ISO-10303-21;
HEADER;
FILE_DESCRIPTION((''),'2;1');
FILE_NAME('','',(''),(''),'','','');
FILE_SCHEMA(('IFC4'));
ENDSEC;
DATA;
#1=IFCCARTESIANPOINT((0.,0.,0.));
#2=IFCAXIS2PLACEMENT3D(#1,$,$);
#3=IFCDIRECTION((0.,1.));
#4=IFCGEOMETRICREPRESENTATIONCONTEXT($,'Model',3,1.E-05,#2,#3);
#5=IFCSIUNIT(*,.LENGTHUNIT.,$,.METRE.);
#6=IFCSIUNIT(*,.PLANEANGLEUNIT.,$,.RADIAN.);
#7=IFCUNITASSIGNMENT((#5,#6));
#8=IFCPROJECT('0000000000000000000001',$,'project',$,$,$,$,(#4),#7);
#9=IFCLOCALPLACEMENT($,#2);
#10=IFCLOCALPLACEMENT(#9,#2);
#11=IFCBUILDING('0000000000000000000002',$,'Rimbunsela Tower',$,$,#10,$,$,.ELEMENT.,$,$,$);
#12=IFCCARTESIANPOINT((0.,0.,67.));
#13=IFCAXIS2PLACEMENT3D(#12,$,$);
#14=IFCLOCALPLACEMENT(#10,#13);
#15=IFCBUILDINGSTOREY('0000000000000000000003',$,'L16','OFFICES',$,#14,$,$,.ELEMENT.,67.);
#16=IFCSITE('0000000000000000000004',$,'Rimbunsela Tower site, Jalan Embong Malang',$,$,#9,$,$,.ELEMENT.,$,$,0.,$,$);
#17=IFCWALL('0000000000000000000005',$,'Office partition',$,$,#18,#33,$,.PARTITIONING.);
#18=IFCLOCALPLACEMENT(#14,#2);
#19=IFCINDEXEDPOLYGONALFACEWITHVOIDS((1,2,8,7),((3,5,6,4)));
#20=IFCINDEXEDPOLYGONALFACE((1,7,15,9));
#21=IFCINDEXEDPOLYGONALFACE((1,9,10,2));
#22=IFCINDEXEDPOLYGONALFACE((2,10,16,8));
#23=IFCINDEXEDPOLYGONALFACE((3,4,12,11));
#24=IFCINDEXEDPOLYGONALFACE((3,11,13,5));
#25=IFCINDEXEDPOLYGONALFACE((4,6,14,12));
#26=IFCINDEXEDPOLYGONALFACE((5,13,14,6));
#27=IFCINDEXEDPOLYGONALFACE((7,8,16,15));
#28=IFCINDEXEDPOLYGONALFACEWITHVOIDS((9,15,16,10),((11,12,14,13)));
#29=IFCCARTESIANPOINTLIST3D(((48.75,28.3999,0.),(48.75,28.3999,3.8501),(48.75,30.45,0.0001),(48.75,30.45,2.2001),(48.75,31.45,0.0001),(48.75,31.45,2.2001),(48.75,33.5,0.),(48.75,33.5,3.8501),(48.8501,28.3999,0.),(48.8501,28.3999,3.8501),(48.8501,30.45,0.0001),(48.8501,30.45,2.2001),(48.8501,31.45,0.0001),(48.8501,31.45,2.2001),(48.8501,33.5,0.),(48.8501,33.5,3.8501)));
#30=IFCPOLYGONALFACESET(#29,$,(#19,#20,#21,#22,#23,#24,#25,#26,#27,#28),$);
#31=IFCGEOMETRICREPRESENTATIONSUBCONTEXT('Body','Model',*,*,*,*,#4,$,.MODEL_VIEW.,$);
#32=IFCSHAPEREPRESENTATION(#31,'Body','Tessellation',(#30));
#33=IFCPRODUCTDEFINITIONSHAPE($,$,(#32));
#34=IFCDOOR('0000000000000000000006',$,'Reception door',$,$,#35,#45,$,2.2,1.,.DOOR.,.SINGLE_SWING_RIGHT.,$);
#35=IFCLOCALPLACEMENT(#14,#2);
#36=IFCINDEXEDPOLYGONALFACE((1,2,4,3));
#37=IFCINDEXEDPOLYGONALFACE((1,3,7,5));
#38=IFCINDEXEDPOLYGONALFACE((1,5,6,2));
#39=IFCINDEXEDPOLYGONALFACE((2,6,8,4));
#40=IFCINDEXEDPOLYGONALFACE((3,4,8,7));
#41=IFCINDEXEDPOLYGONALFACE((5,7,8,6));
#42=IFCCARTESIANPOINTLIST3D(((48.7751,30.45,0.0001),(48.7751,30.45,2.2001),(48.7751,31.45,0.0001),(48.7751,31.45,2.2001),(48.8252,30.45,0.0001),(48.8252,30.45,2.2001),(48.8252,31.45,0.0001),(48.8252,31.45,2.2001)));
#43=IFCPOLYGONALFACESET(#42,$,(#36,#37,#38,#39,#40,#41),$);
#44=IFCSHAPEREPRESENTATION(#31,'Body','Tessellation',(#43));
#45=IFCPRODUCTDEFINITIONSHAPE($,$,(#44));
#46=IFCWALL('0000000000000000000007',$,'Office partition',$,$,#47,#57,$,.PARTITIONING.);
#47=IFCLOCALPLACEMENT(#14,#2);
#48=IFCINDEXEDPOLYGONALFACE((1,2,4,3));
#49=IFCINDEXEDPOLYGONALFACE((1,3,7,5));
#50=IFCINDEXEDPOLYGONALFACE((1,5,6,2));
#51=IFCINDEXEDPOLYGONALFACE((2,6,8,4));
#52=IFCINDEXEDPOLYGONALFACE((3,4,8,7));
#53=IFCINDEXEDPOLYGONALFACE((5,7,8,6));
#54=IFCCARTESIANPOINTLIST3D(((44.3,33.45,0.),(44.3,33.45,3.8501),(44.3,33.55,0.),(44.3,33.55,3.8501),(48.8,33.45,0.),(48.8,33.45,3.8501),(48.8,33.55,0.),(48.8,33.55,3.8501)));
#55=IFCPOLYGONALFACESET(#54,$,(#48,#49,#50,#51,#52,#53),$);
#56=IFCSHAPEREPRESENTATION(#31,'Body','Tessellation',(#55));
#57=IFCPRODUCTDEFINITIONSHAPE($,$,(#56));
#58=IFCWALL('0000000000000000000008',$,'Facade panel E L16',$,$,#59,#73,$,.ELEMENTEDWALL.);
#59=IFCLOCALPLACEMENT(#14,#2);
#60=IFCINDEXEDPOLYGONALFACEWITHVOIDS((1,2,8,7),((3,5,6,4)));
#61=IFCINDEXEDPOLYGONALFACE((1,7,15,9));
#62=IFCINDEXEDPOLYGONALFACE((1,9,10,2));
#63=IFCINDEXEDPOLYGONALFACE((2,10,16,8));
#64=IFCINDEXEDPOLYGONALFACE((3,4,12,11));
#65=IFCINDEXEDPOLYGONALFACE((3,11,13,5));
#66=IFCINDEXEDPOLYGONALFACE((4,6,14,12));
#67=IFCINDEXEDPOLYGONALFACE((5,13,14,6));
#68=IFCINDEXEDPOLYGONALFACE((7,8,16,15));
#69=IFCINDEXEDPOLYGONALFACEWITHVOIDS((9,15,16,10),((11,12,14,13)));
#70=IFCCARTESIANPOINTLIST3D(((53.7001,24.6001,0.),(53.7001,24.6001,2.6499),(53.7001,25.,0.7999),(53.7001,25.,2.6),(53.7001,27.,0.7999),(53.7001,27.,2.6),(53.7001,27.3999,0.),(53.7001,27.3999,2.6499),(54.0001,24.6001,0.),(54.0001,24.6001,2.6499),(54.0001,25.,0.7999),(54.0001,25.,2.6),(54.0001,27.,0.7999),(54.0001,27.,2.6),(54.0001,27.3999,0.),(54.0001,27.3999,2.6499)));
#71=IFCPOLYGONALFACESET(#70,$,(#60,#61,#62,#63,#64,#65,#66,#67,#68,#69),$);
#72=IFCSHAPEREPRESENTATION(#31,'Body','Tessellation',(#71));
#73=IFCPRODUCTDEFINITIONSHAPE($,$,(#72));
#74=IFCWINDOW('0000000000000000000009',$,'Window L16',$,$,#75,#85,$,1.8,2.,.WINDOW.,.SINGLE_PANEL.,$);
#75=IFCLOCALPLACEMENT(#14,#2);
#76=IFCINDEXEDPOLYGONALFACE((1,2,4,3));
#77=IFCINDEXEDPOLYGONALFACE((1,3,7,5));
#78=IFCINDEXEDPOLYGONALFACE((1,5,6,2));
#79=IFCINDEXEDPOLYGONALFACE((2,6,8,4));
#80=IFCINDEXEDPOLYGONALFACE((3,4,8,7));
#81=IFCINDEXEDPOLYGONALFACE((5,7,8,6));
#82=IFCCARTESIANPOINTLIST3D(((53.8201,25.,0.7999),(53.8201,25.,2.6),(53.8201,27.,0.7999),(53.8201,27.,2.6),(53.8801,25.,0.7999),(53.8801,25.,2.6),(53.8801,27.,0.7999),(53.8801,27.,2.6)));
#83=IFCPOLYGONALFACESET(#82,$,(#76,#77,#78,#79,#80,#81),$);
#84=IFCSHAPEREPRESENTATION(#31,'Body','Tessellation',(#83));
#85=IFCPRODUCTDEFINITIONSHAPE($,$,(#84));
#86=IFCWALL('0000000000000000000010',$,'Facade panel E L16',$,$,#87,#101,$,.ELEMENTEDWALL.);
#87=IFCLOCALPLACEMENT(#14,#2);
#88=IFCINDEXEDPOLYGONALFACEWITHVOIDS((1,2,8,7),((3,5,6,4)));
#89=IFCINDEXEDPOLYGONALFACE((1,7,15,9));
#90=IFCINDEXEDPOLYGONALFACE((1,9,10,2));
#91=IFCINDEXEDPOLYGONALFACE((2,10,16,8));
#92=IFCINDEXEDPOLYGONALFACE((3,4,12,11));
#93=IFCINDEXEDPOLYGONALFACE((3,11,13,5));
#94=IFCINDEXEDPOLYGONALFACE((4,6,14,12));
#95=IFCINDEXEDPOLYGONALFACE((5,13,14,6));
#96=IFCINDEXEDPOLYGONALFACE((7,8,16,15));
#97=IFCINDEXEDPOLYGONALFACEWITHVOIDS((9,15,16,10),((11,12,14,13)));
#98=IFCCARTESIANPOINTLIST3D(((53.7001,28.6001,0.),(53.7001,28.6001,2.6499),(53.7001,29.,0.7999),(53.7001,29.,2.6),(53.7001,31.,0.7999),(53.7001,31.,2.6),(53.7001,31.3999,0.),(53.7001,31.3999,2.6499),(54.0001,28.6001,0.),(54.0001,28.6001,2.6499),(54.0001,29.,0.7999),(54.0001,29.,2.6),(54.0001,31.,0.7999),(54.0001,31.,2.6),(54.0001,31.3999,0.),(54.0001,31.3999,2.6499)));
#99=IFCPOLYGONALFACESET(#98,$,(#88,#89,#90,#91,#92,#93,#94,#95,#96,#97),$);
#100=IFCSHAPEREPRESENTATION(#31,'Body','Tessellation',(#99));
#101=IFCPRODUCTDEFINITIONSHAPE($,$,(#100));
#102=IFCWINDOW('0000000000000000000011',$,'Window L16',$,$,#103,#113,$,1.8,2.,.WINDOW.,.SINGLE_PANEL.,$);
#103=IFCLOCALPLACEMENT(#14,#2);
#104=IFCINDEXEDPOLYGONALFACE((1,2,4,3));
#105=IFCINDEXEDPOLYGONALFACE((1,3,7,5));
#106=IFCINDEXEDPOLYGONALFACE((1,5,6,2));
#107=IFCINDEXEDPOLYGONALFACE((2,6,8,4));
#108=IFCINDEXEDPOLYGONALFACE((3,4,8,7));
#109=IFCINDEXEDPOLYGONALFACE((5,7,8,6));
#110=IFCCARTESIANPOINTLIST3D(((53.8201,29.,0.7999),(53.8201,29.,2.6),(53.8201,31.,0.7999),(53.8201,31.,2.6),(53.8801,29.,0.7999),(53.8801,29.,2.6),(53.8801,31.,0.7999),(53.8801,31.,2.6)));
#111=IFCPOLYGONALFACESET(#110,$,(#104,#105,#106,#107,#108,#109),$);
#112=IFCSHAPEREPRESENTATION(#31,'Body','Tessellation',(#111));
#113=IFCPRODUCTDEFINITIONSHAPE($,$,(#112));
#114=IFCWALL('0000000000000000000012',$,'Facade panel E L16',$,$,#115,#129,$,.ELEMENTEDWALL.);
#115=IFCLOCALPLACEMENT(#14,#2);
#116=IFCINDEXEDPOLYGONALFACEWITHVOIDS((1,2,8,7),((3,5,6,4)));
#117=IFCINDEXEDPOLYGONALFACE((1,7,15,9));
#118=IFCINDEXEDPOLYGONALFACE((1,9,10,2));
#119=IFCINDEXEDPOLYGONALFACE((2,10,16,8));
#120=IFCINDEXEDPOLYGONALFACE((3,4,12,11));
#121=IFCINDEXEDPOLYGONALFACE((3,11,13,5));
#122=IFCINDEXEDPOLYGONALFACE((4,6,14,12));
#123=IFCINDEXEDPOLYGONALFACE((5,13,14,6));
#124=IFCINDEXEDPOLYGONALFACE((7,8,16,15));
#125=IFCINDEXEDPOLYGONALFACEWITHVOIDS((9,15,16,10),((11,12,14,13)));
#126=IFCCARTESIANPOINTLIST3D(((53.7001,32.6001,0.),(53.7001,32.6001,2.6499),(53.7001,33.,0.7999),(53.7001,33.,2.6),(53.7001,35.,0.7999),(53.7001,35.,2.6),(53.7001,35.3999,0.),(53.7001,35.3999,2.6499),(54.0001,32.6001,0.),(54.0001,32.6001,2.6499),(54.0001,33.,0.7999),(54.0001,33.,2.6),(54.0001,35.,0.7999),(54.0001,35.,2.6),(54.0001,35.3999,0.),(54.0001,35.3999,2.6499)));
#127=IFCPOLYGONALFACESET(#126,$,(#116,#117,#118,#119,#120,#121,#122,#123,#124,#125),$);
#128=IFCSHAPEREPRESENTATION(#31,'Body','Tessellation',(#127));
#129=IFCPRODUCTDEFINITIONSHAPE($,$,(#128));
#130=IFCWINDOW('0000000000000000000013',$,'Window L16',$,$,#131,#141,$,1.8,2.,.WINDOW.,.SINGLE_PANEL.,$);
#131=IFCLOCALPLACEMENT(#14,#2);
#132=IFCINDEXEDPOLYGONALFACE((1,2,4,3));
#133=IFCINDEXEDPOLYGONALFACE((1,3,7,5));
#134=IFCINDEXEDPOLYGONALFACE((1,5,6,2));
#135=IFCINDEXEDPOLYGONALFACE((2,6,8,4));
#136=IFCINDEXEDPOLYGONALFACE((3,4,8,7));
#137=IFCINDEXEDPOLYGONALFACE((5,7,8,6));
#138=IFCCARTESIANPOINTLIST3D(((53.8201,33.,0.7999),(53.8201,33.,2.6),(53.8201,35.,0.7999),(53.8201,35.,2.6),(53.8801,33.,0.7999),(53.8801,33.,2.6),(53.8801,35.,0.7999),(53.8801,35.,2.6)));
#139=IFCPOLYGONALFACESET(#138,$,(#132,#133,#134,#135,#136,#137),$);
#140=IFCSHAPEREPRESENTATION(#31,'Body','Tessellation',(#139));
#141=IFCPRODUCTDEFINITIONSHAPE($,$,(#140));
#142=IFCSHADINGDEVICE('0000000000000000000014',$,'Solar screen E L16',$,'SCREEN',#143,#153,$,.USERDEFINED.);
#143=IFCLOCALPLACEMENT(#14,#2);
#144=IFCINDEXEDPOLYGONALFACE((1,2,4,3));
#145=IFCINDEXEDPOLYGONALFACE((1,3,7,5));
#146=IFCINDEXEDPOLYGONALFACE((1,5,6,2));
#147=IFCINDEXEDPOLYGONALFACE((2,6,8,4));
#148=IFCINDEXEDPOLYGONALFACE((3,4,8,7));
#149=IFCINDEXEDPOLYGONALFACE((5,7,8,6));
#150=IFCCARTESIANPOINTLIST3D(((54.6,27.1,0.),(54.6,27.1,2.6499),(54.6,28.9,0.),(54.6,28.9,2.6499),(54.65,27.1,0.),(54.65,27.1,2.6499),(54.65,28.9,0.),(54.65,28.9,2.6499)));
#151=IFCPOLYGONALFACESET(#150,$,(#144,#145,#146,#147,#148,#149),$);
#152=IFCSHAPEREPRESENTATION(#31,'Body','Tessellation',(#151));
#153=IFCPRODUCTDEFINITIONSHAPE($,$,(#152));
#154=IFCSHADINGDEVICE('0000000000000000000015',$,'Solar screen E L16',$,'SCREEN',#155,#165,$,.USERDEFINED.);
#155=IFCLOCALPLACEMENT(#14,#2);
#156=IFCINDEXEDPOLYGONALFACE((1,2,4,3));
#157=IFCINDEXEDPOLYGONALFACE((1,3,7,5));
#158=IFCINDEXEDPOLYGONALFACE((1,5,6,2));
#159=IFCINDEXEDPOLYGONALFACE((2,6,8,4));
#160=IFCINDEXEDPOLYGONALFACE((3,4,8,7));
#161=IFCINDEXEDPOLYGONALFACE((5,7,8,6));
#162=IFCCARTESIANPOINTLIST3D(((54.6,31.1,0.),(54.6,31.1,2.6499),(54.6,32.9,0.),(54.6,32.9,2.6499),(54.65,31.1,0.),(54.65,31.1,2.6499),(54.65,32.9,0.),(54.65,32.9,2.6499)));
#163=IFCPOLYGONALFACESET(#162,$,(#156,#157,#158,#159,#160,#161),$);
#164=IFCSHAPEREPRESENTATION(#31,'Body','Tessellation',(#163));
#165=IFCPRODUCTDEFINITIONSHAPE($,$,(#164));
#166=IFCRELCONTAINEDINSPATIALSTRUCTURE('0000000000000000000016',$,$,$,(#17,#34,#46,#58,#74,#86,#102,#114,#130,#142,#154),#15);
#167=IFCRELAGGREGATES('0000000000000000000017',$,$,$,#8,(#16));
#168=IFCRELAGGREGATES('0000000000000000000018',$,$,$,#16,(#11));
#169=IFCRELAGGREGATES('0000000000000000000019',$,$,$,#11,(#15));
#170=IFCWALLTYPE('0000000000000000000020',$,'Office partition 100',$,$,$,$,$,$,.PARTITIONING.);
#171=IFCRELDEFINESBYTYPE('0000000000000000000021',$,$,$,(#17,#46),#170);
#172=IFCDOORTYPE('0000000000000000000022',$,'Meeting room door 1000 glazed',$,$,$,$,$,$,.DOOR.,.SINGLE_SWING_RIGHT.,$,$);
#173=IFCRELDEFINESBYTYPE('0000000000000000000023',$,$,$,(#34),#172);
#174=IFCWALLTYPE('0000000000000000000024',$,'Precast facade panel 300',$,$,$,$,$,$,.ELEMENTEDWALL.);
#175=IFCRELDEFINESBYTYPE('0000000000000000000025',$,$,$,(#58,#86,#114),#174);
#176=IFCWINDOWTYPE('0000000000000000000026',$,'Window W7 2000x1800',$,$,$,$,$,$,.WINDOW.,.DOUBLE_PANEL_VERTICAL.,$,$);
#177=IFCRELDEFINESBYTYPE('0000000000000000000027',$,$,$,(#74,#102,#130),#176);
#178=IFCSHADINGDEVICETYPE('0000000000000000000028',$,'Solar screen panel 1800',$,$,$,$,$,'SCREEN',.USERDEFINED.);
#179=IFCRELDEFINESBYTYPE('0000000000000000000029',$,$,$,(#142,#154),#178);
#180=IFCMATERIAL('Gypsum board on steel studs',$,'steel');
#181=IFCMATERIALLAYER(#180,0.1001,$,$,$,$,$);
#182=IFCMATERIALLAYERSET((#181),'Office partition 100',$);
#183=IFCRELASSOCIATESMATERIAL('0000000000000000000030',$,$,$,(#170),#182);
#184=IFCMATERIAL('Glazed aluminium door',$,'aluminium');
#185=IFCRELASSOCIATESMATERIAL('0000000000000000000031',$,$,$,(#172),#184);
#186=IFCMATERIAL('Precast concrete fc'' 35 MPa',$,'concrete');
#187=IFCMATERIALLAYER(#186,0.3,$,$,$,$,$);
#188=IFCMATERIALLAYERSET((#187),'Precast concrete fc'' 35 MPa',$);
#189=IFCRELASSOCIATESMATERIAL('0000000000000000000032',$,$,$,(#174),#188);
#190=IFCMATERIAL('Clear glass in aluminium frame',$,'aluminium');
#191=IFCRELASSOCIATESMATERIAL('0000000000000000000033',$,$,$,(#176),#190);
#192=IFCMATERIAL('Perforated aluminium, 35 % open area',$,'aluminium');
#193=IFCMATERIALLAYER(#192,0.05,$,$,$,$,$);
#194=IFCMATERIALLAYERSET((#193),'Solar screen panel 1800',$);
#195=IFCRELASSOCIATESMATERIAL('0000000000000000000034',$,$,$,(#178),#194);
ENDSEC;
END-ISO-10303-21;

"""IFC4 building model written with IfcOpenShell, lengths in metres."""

from ifc_helpers import new_model, si_unit, direction, frame, frame_2d, origin, origin_2d, place, context, subcontext, project, spatial, rectangle, extrude, material, layer, layer_set, type_object, element, fill, save


model = new_model("IFC4")

# Units and contexts
model_context = context("Model", 3, precision=1e-05, world=origin(), true_north=direction((0.0, 1.0)))
body_context = subcontext(model_context, "Body", "Model", "MODEL_VIEW")
ifc_project = project(units=[si_unit("LENGTHUNIT", "METRE"), si_unit("PLANEANGLEUNIT", "RADIAN")], contexts=[model_context])

# Site, building, storey
site_placement = place(None, origin())
site = spatial("IfcSite", under=ifc_project, at=site_placement, Name="Rimbunsela Tower site, Jalan Embong Malang", CompositionType="ELEMENT", RefElevation=0.0)
building_placement = place(site_placement, origin())
building = spatial("IfcBuilding", under=site, at=building_placement, Name="Rimbunsela Tower", CompositionType="ELEMENT")
storey_placement = place(building_placement, frame((0.0, 0.0, 67.0)))
storey = spatial("IfcBuildingStorey", under=building, at=storey_placement, Name="L16", Description="OFFICES", CompositionType="ELEMENT", Elevation=67.0)

# Shared definitions
ifc_material_1 = material(Name="Gypsum board on steel studs", Category="steel")
ifc_layer_1 = layer(ifc_material_1, 0.1001)
ifc_layer_set_1 = layer_set([ifc_layer_1], Name="Office partition 100")
wall_type_1 = type_object("IfcWallType", Name="Office partition 100", PredefinedType="PARTITIONING", material=ifc_layer_set_1)

# Wall, opening, door
wall_1_placement = place(storey_placement, frame((48.8, 28.3999, 0.0), z_axis=(0.0, 0.0, 1.0), x_axis=(0.0, 1.0, 0.0)))
wall_1 = element("IfcWall", 1, at=wall_1_placement, inside=storey, type_object=wall_type_1, Name="Office partition", PredefinedType="PARTITIONING", context=body_context, shape_type="SweptSolid", body=[
    extrude(rectangle(XDim=5.1001, YDim=0.1001, at=frame_2d((2.55, 0.0))), origin(), (0.0, 0.0, 1.0), 3.8501),
])
opening_1_placement = place(wall_1_placement, frame((2.05, 0.0, 0.0)))
opening_1 = element("IfcOpeningElement", 2, at=opening_1_placement, cuts=wall_1, PredefinedType="OPENING", context=body_context, shape_type="SweptSolid", body=[
    extrude(rectangle(XDim=1.0, YDim=2.2, at=frame_2d((0.5, 1.1001))), frame((0.0, 0.0601, 0.0), z_axis=(0.0, -1.0, 0.0), x_axis=(1.0, 0.0, 0.0)), (0.0, 0.0, 1.0), 0.1201),
])
ifc_material_2 = material(Name="Glazed aluminium door", Category="aluminium")
door_type = type_object("IfcDoorType", Name="Meeting room door 1000 glazed", OperationType="SINGLE_SWING_RIGHT", PredefinedType="DOOR", material=ifc_material_2)
door_placement = place(opening_1_placement, origin())
door = element("IfcDoor", 3, at=door_placement, inside=storey, type_object=door_type, Name="Reception door", OperationType="SINGLE_SWING_RIGHT", OverallHeight=2.2, OverallWidth=1.0, PredefinedType="DOOR", context=body_context, shape_type="SweptSolid", body=[
    extrude(rectangle(XDim=1.0, YDim=2.2, at=frame_2d((0.5, 1.1001))), frame((0.0, 0.0249, 0.0), z_axis=(0.0, -1.0, 0.0), x_axis=(1.0, 0.0, 0.0)), (0.0, 0.0, 1.0), 0.05),
])
fill(opening_1, door)

# Wall
wall_2_placement = place(storey_placement, frame((48.8, 33.5, 0.0), z_axis=(0.0, 0.0, 1.0), x_axis=(-1.0, 0.0, 0.0)))
element("IfcWall", 4, at=wall_2_placement, inside=storey, type_object=wall_type_1, Name="Office partition", PredefinedType="PARTITIONING", context=body_context, shape_type="SweptSolid", body=[
    extrude(rectangle(XDim=4.5, YDim=0.1001, at=frame_2d((2.25, 0.0))), origin(), (0.0, 0.0, 1.0), 3.8501),
])

# Walls, openings, windows
ifc_material_3 = material(Name="Precast concrete fc' 35 MPa", Category="concrete")
ifc_layer_2 = layer(ifc_material_3, 0.3)
ifc_layer_set_2 = layer_set([ifc_layer_2], Name="Precast concrete fc' 35 MPa")
wall_type_2 = type_object("IfcWallType", Name="Precast facade panel 300", PredefinedType="ELEMENTEDWALL", material=ifc_layer_set_2)
wall_3_placement = place(storey_placement, frame((53.8501, 24.6001, 0.0), z_axis=(0.0, 0.0, 1.0), x_axis=(0.0, 1.0, 0.0)))
wall_3 = element("IfcWall", 5, at=wall_3_placement, inside=storey, type_object=wall_type_2, Name="Facade panel E L16", PredefinedType="ELEMENTEDWALL", context=body_context, shape_type="SweptSolid", body=[
    extrude(rectangle(XDim=2.7998, YDim=0.3, at=frame_2d((1.3999, 0.0))), origin(), (0.0, 0.0, 1.0), 2.6499),
])
opening_2_placement = place(wall_3_placement, frame((0.3999, 0.0, 0.8)))
opening_2 = element("IfcOpeningElement", 6, at=opening_2_placement, cuts=wall_3, PredefinedType="OPENING", context=body_context, shape_type="SweptSolid", body=[
    extrude(rectangle(XDim=2.0, YDim=1.8, at=frame_2d((1.0, 0.8999))), frame((0.0, 0.1599, 0.0), z_axis=(0.0, -1.0, 0.0), x_axis=(1.0, 0.0, 0.0)), (0.0, 0.0, 1.0), 0.3201),
])
ifc_material_4 = material(Name="Clear glass in aluminium frame", Category="aluminium")
window_type = type_object("IfcWindowType", Name="Window W7 2000x1800", PartitioningType="DOUBLE_PANEL_VERTICAL", PredefinedType="WINDOW", material=ifc_material_4)
window_1_placement = place(opening_2_placement, origin())
window_1 = element("IfcWindow", 7, at=window_1_placement, inside=storey, type_object=window_type, Name="Window L16", OverallHeight=1.8, OverallWidth=2.0, PartitioningType="SINGLE_PANEL", PredefinedType="WINDOW", context=body_context, shape_type="SweptSolid", body=[
    extrude(rectangle(XDim=2.0, YDim=1.8, at=frame_2d((1.0, 0.8999))), frame((0.0, 0.03, 0.0), z_axis=(0.0, -1.0, 0.0), x_axis=(1.0, 0.0, 0.0)), (0.0, 0.0, 1.0), 0.0601),
])
fill(opening_2, window_1)
wall_4_placement = place(storey_placement, frame((53.8501, 28.6001, 0.0), z_axis=(0.0, 0.0, 1.0), x_axis=(0.0, 1.0, 0.0)))
wall_4 = element("IfcWall", 8, at=wall_4_placement, inside=storey, type_object=wall_type_2, Name="Facade panel E L16", PredefinedType="ELEMENTEDWALL", context=body_context, shape_type="SweptSolid", body=[
    extrude(rectangle(XDim=2.7998, YDim=0.3, at=frame_2d((1.3999, 0.0))), origin(), (0.0, 0.0, 1.0), 2.6499),
])
opening_3_placement = place(wall_4_placement, frame((0.3999, 0.0, 0.8)))
opening_3 = element("IfcOpeningElement", 9, at=opening_3_placement, cuts=wall_4, PredefinedType="OPENING", context=body_context, shape_type="SweptSolid", body=[
    extrude(rectangle(XDim=2.0, YDim=1.8, at=frame_2d((1.0, 0.8999))), frame((0.0, 0.1599, 0.0), z_axis=(0.0, -1.0, 0.0), x_axis=(1.0, 0.0, 0.0)), (0.0, 0.0, 1.0), 0.3201),
])
window_2_placement = place(opening_3_placement, origin())
window_2 = element("IfcWindow", 10, at=window_2_placement, inside=storey, type_object=window_type, Name="Window L16", OverallHeight=1.8, OverallWidth=2.0, PartitioningType="SINGLE_PANEL", PredefinedType="WINDOW", context=body_context, shape_type="SweptSolid", body=[
    extrude(rectangle(XDim=2.0, YDim=1.8, at=frame_2d((1.0, 0.8999))), frame((0.0, 0.03, 0.0), z_axis=(0.0, -1.0, 0.0), x_axis=(1.0, 0.0, 0.0)), (0.0, 0.0, 1.0), 0.0601),
])
fill(opening_3, window_2)
wall_5_placement = place(storey_placement, frame((53.8501, 32.6001, 0.0), z_axis=(0.0, 0.0, 1.0), x_axis=(0.0, 1.0, 0.0)))
wall_5 = element("IfcWall", 11, at=wall_5_placement, inside=storey, type_object=wall_type_2, Name="Facade panel E L16", PredefinedType="ELEMENTEDWALL", context=body_context, shape_type="SweptSolid", body=[
    extrude(rectangle(XDim=2.7998, YDim=0.3, at=frame_2d((1.3999, 0.0))), origin(), (0.0, 0.0, 1.0), 2.6499),
])
opening_4_placement = place(wall_5_placement, frame((0.3999, 0.0, 0.8)))
opening_4 = element("IfcOpeningElement", 12, at=opening_4_placement, cuts=wall_5, PredefinedType="OPENING", context=body_context, shape_type="SweptSolid", body=[
    extrude(rectangle(XDim=2.0, YDim=1.8, at=frame_2d((1.0, 0.8999))), frame((0.0, 0.1599, 0.0), z_axis=(0.0, -1.0, 0.0), x_axis=(1.0, 0.0, 0.0)), (0.0, 0.0, 1.0), 0.3201),
])
window_3_placement = place(opening_4_placement, origin())
window_3 = element("IfcWindow", 13, at=window_3_placement, inside=storey, type_object=window_type, Name="Window L16", OverallHeight=1.8, OverallWidth=2.0, PartitioningType="SINGLE_PANEL", PredefinedType="WINDOW", context=body_context, shape_type="SweptSolid", body=[
    extrude(rectangle(XDim=2.0, YDim=1.8, at=frame_2d((1.0, 0.8999))), frame((0.0, 0.03, 0.0), z_axis=(0.0, -1.0, 0.0), x_axis=(1.0, 0.0, 0.0)), (0.0, 0.0, 1.0), 0.0601),
])
fill(opening_4, window_3)

# Shading devices
ifc_material_5 = material(Name="Perforated aluminium, 35 % open area", Category="aluminium")
ifc_layer_3 = layer(ifc_material_5, 0.05)
ifc_layer_set_3 = layer_set([ifc_layer_3], Name="Solar screen panel 1800")
shading_device_type = type_object("IfcShadingDeviceType", Name="Solar screen panel 1800", ElementType="SCREEN", PredefinedType="USERDEFINED", material=ifc_layer_set_3)
for number, where, z_axis, x_axis, name in (
    (14, (54.625, 28.0, 0.0), (0.0, 0.0, 1.0), (0.0, 1.0, 0.0), "Solar screen E L16"),
    (15, (54.625, 32.0, 0.0), (0.0, 0.0, 1.0), (0.0, 1.0, 0.0), "Solar screen E L16"),
):
    element("IfcShadingDevice", number, at=place(storey_placement, frame(where, z_axis=z_axis, x_axis=x_axis)), inside=storey, type_object=shading_device_type, Name=name, ObjectType="SCREEN", PredefinedType="USERDEFINED", context=body_context, shape_type="SweptSolid", body=[
        extrude(rectangle(XDim=1.8, YDim=0.05, at=origin_2d()), origin(), (0.0, 0.0, 1.0), 2.6499),
    ])

save(model, "model.ifc")
